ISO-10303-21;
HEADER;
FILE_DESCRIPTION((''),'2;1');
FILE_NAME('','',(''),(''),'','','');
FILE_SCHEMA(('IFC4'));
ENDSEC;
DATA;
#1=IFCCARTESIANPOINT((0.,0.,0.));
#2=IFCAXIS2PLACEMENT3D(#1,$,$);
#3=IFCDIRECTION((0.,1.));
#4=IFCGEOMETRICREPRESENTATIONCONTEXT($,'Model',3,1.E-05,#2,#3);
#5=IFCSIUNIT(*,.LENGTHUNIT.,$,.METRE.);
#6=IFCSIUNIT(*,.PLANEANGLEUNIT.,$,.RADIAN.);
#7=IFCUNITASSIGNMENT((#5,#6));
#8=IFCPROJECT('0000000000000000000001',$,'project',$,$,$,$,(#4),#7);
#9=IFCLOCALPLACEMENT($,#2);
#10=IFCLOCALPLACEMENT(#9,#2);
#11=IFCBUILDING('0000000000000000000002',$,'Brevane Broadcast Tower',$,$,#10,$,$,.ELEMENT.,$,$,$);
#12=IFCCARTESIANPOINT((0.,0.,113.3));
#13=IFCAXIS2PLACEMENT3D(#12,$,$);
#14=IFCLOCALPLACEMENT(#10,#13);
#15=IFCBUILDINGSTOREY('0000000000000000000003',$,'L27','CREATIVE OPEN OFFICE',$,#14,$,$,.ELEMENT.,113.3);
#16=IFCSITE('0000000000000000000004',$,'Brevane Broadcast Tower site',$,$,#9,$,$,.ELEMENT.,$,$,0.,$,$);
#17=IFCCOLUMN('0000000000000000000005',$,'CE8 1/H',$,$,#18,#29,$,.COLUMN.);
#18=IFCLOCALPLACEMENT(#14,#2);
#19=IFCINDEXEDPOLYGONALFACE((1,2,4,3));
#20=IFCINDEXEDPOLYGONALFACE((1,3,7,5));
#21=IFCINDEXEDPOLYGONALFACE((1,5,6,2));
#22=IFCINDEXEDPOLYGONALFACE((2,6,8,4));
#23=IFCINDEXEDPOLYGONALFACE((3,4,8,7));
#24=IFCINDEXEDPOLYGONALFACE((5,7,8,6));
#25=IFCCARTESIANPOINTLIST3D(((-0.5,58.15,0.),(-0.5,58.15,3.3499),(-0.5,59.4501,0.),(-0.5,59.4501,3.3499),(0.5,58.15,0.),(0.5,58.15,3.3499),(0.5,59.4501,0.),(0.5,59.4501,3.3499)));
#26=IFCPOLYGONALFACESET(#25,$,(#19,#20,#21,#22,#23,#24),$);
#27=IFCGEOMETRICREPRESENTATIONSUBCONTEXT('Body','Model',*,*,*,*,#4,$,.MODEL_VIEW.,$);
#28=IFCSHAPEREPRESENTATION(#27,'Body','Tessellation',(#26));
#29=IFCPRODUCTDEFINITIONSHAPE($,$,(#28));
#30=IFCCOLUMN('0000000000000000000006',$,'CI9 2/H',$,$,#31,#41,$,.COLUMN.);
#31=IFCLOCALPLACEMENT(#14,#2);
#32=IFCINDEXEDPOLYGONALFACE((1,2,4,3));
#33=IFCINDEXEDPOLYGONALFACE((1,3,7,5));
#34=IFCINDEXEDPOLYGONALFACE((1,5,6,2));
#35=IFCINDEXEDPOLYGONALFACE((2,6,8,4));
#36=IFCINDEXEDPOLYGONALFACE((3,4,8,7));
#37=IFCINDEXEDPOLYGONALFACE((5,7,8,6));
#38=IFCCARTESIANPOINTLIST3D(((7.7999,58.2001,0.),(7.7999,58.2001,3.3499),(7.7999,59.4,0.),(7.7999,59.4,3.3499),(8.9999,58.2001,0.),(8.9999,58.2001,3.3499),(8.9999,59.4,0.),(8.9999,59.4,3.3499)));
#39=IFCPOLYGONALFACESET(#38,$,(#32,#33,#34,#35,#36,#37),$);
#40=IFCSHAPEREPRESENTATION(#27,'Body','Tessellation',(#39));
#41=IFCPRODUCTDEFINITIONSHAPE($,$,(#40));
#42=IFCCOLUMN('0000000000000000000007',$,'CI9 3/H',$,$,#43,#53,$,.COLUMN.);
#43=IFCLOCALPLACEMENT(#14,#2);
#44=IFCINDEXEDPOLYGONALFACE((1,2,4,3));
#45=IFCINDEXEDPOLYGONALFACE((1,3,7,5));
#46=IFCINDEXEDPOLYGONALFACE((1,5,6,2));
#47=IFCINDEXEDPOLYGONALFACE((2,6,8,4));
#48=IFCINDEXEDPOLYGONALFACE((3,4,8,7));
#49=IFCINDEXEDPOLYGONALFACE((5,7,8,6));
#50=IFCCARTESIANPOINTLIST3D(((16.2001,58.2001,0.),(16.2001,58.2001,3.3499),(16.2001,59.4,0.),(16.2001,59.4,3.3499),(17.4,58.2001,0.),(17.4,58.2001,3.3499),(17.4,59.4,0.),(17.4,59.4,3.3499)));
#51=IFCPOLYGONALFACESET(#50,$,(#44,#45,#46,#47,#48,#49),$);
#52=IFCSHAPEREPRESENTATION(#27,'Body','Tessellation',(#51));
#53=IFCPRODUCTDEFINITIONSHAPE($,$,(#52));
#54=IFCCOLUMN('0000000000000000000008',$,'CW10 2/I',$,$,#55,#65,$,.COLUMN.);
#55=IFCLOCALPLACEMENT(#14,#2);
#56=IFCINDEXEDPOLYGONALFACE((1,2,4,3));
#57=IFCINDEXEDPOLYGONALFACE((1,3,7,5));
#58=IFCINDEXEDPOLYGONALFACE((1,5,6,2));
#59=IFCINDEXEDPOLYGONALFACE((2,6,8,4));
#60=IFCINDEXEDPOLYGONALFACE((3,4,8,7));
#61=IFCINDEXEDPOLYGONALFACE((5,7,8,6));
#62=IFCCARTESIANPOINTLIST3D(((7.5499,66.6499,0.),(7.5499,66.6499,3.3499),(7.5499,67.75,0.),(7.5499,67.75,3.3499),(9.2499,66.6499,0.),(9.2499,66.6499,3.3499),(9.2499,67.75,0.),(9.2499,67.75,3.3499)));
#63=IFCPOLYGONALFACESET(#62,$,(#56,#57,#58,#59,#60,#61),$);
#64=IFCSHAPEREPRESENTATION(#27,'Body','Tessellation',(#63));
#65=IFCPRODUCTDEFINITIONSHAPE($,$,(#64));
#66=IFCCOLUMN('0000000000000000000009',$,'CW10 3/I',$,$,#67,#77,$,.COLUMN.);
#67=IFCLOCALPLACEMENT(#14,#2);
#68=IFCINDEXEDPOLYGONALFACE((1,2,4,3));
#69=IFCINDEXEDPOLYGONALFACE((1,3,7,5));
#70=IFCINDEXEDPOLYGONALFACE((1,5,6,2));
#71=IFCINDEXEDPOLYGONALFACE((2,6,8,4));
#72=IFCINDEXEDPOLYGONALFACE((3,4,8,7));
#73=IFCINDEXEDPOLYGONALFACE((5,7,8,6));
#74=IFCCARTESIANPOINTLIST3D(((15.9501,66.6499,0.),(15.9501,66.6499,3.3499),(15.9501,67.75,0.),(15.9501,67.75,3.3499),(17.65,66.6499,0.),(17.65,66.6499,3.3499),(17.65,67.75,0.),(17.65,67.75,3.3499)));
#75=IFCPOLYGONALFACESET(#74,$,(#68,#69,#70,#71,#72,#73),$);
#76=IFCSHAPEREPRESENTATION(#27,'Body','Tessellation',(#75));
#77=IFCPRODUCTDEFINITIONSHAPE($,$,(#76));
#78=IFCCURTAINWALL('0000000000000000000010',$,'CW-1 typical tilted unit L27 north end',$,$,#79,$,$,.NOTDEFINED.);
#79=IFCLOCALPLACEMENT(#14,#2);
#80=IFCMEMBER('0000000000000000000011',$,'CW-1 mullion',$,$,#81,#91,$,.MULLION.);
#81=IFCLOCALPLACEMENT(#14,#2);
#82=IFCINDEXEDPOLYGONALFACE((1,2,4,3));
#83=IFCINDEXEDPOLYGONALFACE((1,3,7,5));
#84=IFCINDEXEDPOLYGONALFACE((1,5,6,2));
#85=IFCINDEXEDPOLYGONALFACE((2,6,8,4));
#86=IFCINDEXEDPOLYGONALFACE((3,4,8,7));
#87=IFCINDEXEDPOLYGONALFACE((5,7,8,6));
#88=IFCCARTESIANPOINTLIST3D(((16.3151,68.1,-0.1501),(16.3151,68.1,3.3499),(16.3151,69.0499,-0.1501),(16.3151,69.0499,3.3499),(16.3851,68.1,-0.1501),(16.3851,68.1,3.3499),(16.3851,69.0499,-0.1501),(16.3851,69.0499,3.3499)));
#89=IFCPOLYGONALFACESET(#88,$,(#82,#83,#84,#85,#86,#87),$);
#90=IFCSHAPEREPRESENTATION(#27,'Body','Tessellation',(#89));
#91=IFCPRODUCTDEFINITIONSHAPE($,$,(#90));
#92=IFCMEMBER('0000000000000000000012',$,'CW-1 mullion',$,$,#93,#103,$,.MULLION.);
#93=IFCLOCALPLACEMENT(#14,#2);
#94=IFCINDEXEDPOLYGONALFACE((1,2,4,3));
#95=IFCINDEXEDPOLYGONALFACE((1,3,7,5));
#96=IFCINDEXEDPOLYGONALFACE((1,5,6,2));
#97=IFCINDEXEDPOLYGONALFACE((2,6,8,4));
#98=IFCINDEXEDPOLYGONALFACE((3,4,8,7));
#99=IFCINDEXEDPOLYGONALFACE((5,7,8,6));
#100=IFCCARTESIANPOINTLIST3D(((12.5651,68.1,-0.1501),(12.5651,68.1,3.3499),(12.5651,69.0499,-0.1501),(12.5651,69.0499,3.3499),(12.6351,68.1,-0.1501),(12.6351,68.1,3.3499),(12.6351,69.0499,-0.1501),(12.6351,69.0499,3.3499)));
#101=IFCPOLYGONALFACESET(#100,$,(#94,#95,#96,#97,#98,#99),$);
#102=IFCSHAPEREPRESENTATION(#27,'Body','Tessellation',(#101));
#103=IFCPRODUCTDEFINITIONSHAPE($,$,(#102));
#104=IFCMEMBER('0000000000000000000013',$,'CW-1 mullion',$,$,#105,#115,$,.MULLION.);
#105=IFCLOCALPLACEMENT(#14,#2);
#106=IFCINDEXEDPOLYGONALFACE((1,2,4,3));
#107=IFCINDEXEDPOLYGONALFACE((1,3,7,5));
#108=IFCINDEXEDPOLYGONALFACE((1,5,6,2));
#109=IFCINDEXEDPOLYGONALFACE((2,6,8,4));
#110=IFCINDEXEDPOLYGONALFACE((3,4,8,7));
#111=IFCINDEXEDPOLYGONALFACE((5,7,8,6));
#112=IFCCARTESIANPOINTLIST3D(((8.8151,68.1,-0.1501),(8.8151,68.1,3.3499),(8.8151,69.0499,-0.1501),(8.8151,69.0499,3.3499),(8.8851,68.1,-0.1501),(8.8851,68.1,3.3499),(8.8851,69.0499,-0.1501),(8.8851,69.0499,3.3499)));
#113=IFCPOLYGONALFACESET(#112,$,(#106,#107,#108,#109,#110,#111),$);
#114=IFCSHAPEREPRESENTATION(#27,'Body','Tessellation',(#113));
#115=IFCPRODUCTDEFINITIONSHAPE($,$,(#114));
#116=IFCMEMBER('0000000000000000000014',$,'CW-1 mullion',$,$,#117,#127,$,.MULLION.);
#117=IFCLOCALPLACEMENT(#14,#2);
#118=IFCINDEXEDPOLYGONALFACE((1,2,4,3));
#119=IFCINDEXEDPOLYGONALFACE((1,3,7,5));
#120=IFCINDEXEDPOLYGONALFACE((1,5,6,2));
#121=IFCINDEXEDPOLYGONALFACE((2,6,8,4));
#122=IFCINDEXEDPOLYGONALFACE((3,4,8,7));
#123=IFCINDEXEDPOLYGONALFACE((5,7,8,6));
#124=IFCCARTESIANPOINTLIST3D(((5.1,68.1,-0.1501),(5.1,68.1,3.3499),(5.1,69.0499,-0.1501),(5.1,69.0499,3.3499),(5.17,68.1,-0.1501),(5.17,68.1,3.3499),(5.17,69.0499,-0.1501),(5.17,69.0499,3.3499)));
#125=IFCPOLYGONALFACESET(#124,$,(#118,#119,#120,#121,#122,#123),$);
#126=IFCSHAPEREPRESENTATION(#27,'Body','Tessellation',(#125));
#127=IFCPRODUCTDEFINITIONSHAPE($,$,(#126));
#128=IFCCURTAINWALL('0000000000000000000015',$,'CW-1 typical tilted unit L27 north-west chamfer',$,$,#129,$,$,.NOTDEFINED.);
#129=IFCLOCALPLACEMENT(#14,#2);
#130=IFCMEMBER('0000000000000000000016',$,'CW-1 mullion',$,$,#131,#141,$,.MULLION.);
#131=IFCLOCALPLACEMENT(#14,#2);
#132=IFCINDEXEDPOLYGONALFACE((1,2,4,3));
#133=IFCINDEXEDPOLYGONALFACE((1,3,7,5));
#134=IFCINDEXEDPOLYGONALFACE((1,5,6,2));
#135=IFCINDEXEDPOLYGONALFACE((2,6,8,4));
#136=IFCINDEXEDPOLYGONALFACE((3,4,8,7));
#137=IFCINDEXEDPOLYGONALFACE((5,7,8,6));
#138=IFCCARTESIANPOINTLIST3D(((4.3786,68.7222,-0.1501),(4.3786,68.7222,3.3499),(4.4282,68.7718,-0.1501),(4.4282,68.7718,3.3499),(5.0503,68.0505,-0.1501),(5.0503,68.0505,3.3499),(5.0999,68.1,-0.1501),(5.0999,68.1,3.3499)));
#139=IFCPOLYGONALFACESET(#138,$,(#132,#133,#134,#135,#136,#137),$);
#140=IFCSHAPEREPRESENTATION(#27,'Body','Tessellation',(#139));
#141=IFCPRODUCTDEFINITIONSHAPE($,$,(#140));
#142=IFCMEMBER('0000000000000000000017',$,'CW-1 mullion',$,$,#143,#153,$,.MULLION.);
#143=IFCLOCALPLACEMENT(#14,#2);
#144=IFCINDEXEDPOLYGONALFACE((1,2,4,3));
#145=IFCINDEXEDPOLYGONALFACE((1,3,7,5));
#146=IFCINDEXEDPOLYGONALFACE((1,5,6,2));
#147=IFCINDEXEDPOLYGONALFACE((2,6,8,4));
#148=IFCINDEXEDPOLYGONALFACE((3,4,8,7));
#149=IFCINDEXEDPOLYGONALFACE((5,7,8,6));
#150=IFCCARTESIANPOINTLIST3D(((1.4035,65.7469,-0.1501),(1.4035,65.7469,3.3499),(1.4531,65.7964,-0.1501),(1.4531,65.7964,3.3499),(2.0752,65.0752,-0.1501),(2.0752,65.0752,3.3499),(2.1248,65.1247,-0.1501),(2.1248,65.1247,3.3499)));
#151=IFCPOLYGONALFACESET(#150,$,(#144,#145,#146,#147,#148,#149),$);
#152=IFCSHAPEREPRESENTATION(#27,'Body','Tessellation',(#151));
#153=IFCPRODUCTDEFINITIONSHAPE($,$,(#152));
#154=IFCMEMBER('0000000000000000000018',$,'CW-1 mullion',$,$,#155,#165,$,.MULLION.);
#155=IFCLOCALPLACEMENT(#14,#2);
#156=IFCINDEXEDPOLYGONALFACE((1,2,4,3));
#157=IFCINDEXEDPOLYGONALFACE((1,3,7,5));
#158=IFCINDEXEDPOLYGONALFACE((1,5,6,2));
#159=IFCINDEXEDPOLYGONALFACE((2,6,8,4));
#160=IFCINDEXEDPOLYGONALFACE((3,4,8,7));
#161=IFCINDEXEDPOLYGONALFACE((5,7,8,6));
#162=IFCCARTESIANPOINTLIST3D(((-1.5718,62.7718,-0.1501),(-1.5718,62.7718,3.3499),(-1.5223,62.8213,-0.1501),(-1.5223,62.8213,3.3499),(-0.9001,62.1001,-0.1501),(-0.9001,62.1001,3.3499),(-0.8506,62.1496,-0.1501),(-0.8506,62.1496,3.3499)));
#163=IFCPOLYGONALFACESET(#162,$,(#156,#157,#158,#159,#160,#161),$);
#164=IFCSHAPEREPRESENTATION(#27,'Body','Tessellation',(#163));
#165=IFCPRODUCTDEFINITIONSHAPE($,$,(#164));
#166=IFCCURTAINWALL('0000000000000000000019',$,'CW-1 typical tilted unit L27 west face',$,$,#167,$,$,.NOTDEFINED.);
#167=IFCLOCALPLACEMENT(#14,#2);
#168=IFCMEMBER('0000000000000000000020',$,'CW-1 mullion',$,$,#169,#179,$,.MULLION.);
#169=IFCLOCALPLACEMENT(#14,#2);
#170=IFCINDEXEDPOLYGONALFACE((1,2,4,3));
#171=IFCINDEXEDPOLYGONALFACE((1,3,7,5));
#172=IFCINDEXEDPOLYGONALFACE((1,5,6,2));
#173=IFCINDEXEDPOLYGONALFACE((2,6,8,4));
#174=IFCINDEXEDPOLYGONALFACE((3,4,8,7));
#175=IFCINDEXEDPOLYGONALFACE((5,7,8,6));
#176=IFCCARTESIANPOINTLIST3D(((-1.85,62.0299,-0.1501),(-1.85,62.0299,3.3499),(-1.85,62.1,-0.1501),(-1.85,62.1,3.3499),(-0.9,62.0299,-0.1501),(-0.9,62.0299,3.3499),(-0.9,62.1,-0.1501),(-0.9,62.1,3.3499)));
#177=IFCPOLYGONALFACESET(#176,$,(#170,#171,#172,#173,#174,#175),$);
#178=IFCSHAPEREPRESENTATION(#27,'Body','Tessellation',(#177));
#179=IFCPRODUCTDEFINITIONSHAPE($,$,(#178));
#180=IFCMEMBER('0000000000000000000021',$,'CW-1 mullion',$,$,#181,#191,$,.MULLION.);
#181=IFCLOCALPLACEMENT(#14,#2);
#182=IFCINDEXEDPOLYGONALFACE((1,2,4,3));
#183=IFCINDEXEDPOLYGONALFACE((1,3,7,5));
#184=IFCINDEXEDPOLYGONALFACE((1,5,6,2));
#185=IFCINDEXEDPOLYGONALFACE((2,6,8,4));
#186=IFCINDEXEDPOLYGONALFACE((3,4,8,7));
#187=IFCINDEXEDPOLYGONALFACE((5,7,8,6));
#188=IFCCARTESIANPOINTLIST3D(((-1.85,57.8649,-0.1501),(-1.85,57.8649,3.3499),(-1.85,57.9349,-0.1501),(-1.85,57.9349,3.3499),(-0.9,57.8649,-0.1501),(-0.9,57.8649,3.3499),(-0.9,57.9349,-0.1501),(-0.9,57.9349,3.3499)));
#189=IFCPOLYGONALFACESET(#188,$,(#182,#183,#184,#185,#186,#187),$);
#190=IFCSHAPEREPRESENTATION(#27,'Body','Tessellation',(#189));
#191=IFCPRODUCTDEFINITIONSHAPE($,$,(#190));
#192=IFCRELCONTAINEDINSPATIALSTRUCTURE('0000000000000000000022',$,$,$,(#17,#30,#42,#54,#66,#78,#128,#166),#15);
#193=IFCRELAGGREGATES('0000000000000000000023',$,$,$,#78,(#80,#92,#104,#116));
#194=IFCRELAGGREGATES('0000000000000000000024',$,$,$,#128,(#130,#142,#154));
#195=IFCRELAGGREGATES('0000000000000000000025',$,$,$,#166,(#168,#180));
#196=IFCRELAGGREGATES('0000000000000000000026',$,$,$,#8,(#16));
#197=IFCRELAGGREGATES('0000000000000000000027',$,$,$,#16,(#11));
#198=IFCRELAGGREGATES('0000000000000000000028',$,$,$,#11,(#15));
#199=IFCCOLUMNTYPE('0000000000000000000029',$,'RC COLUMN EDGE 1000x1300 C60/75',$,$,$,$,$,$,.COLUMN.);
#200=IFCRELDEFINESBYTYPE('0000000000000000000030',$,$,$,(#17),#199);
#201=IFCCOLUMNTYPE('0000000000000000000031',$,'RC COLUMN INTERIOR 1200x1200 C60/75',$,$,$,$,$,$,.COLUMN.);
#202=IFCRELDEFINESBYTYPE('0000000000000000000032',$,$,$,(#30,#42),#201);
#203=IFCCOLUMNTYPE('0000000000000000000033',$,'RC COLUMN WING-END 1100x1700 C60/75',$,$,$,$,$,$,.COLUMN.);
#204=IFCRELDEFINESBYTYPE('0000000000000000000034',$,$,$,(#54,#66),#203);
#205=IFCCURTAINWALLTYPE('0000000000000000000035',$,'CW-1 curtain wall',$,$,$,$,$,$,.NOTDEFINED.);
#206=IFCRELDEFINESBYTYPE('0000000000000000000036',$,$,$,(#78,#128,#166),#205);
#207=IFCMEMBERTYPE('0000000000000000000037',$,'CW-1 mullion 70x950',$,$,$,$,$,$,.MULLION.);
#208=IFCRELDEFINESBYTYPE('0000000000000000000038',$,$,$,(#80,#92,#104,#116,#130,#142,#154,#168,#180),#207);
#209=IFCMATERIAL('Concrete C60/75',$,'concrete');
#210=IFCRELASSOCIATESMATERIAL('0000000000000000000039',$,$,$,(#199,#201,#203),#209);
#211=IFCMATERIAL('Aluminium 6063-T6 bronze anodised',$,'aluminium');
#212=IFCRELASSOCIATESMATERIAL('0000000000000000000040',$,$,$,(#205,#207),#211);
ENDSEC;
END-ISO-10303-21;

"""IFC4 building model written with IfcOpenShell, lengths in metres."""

from ifc_helpers import new_model, si_unit, direction, frame, origin, origin_2d, place, context, subcontext, project, spatial, rectangle, extrude, material, material_profile, profile_set, type_object, element, aggregate, save


model = new_model("IFC4")

# Units and contexts
model_context = context("Model", 3, precision=1e-05, world=origin(), true_north=direction((0.0, 1.0)))
body_context = subcontext(model_context, "Body", "Model", "MODEL_VIEW")
ifc_project = project(units=[si_unit("LENGTHUNIT", "METRE"), si_unit("PLANEANGLEUNIT", "RADIAN")], contexts=[model_context])

# Site, building, storey
site_placement = place(None, origin())
site = spatial("IfcSite", under=ifc_project, at=site_placement, Name="Brevane Broadcast Tower site", CompositionType="ELEMENT", RefElevation=0.0)
building_placement = place(site_placement, origin())
building = spatial("IfcBuilding", under=site, at=building_placement, Name="Brevane Broadcast Tower", CompositionType="ELEMENT")
storey_placement = place(building_placement, frame((0.0, 0.0, 113.3)))
storey = spatial("IfcBuildingStorey", under=building, at=storey_placement, Name="L27", Description="CREATIVE OPEN OFFICE", CompositionType="ELEMENT", Elevation=113.3)

# Columns
ifc_material_1 = material(Name="Concrete C60/75", Category="concrete")
ifc_material_profile_1 = material_profile(ifc_material_1, rectangle(XDim=1.0, YDim=1.3, at=origin_2d()), Name="RC 1000x1300")
ifc_profile_set_1 = profile_set([ifc_material_profile_1], Name="Concrete C60/75")
column_type_1 = type_object("IfcColumnType", Name="RC COLUMN EDGE 1000x1300 C60/75", PredefinedType="COLUMN", material=ifc_profile_set_1)
column_placement = place(storey_placement, frame((0.0, 58.8, 0.0), z_axis=(0.0, 0.0, 1.0), x_axis=(1.0, 0.0, 0.0)))
element("IfcColumn", 1, at=column_placement, inside=storey, type_object=column_type_1, Name="CE8 1/H", PredefinedType="COLUMN", context=body_context, shape_type="SweptSolid", body=[
    extrude(rectangle(XDim=1.0, YDim=1.3, at=origin_2d()), origin(), (0.0, 0.0, 1.0), 3.3499),
])
ifc_material_profile_2 = material_profile(ifc_material_1, rectangle(XDim=1.2, YDim=1.2, at=origin_2d()), Name="RC 1200x1200")
ifc_profile_set_2 = profile_set([ifc_material_profile_2], Name="Concrete C60/75")
column_type_2 = type_object("IfcColumnType", Name="RC COLUMN INTERIOR 1200x1200 C60/75", PredefinedType="COLUMN", material=ifc_profile_set_2)
for number, where, z_axis, x_axis, name in (
    (2, (8.3999, 58.8, 0.0), (0.0, 0.0, 1.0), (1.0, 0.0, 0.0), "CI9 2/H"),
    (3, (16.8, 58.8, 0.0), (0.0, 0.0, 1.0), (1.0, 0.0, 0.0), "CI9 3/H"),
):
    element("IfcColumn", number, at=place(storey_placement, frame(where, z_axis=z_axis, x_axis=x_axis)), inside=storey, type_object=column_type_2, Name=name, PredefinedType="COLUMN", context=body_context, shape_type="SweptSolid", body=[
        extrude(rectangle(XDim=1.2, YDim=1.2, at=origin_2d()), origin(), (0.0, 0.0, 1.0), 3.3499),
    ])
ifc_material_profile_3 = material_profile(ifc_material_1, rectangle(XDim=1.1001, YDim=1.7, at=origin_2d()), Name="RC 1100x1700")
ifc_profile_set_3 = profile_set([ifc_material_profile_3], Name="Concrete C60/75")
column_type_3 = type_object("IfcColumnType", Name="RC COLUMN WING-END 1100x1700 C60/75", PredefinedType="COLUMN", material=ifc_profile_set_3)
for number, where, z_axis, x_axis, name in (
    (4, (8.3999, 67.2, 0.0), (0.0, 0.0, 1.0), (0.0, 1.0, 0.0), "CW10 2/I"),
    (5, (16.8, 67.2, 0.0), (0.0, 0.0, 1.0), (0.0, 1.0, 0.0), "CW10 3/I"),
):
    element("IfcColumn", number, at=place(storey_placement, frame(where, z_axis=z_axis, x_axis=x_axis)), inside=storey, type_object=column_type_3, Name=name, PredefinedType="COLUMN", context=body_context, shape_type="SweptSolid", body=[
        extrude(rectangle(XDim=1.1001, YDim=1.7, at=origin_2d()), origin(), (0.0, 0.0, 1.0), 3.3499),
    ])

# Curtain walls, members
ifc_material_2 = material(Name="Aluminium 6063-T6 bronze anodised", Category="aluminium")
curtain_wall_type = type_object("IfcCurtainWallType", Name="CW-1 curtain wall", PredefinedType="NOTDEFINED", material=ifc_material_2)
curtain_wall_1_placement = place(storey_placement, origin())
curtain_wall_1 = element("IfcCurtainWall", 6, at=curtain_wall_1_placement, inside=storey, type_object=curtain_wall_type, Name="CW-1 typical tilted unit L27 north end", PredefinedType="NOTDEFINED")
ifc_material_profile_4 = material_profile(ifc_material_2, rectangle(XDim=0.95, YDim=0.0701, at=origin_2d()), Name="RECT 70x950")
ifc_profile_set_4 = profile_set([ifc_material_profile_4], Name="Aluminium 6063-T6 bronze anodised")
member_type_1 = type_object("IfcMemberType", Name="CW-1 mullion 70x950", PredefinedType="MULLION", material=ifc_profile_set_4)
member_1_placement = place(storey_placement, frame((16.3501, 68.575, -0.1501), z_axis=(0.0, 0.0, 1.0), x_axis=(0.0, -1.0, 0.0)))
member_1 = element("IfcMember", 7, at=member_1_placement, type_object=member_type_1, Name="CW-1 mullion", PredefinedType="MULLION", context=body_context, shape_type="SweptSolid", body=[
    extrude(rectangle(XDim=0.95, YDim=0.0701, at=origin_2d()), origin(), (0.0, 0.0, 1.0), 3.5),
])
member_2_placement = place(storey_placement, frame((12.6001, 68.575, -0.1501), z_axis=(0.0, 0.0, 1.0), x_axis=(0.0, -1.0, 0.0)))
member_2 = element("IfcMember", 8, at=member_2_placement, type_object=member_type_1, Name="CW-1 mullion", PredefinedType="MULLION", context=body_context, shape_type="SweptSolid", body=[
    extrude(rectangle(XDim=0.95, YDim=0.0701, at=origin_2d()), origin(), (0.0, 0.0, 1.0), 3.5),
])
member_3_placement = place(storey_placement, frame((8.8501, 68.575, -0.1501), z_axis=(0.0, 0.0, 1.0), x_axis=(0.0, -1.0, 0.0)))
member_3 = element("IfcMember", 9, at=member_3_placement, type_object=member_type_1, Name="CW-1 mullion", PredefinedType="MULLION", context=body_context, shape_type="SweptSolid", body=[
    extrude(rectangle(XDim=0.95, YDim=0.0701, at=origin_2d()), origin(), (0.0, 0.0, 1.0), 3.5),
])
member_4_placement = place(storey_placement, frame((5.135, 68.575, -0.1501), z_axis=(0.0, 0.0, 1.0), x_axis=(0.0, -1.0, 0.0)))
member_4 = element("IfcMember", 10, at=member_4_placement, type_object=member_type_1, Name="CW-1 mullion", PredefinedType="MULLION", context=body_context, shape_type="SweptSolid", body=[
    extrude(rectangle(XDim=0.95, YDim=0.0701, at=origin_2d()), origin(), (0.0, 0.0, 1.0), 3.5),
])
aggregate(curtain_wall_1, [member_1, member_2, member_3, member_4])
curtain_wall_2_placement = place(storey_placement, origin())
curtain_wall_2 = element("IfcCurtainWall", 11, at=curtain_wall_2_placement, inside=storey, type_object=curtain_wall_type, Name="CW-1 typical tilted unit L27 north-west chamfer", PredefinedType="NOTDEFINED")
member_5_placement = place(storey_placement, frame((4.7393, 68.4111, -0.1501), z_axis=(0.0, 0.0, 1.0), x_axis=(0.707107, -0.707107, 0.0)))
member_5 = element("IfcMember", 12, at=member_5_placement, type_object=member_type_1, Name="CW-1 mullion", PredefinedType="MULLION", context=body_context, shape_type="SweptSolid", body=[
    extrude(rectangle(XDim=0.95, YDim=0.0701, at=origin_2d()), origin(), (0.0, 0.0, 1.0), 3.5),
])
member_6_placement = place(storey_placement, frame((1.7642, 65.4358, -0.1501), z_axis=(0.0, 0.0, 1.0), x_axis=(0.707107, -0.707107, 0.0)))
member_6 = element("IfcMember", 13, at=member_6_placement, type_object=member_type_1, Name="CW-1 mullion", PredefinedType="MULLION", context=body_context, shape_type="SweptSolid", body=[
    extrude(rectangle(XDim=0.95, YDim=0.0701, at=origin_2d()), origin(), (0.0, 0.0, 1.0), 3.5),
])
member_7_placement = place(storey_placement, frame((-1.2112, 62.4607, -0.1501), z_axis=(0.0, 0.0, 1.0), x_axis=(0.707107, -0.707107, 0.0)))
member_7 = element("IfcMember", 14, at=member_7_placement, type_object=member_type_1, Name="CW-1 mullion", PredefinedType="MULLION", context=body_context, shape_type="SweptSolid", body=[
    extrude(rectangle(XDim=0.95, YDim=0.0701, at=origin_2d()), origin(), (0.0, 0.0, 1.0), 3.5),
])
curtain_wall_3_placement = place(storey_placement, origin())
curtain_wall_3 = element("IfcCurtainWall", 15, at=curtain_wall_3_placement, inside=storey, type_object=curtain_wall_type, Name="CW-1 typical tilted unit L27 west face", PredefinedType="NOTDEFINED")
member_8_placement = place(storey_placement, frame((-1.375, 62.0649, -0.1501), z_axis=(0.0, 0.0, 1.0), x_axis=(1.0, 0.0, 0.0)))
member_8 = element("IfcMember", 16, at=member_8_placement, type_object=member_type_1, Name="CW-1 mullion", PredefinedType="MULLION", context=body_context, shape_type="SweptSolid", body=[
    extrude(rectangle(XDim=0.95, YDim=0.0701, at=origin_2d()), origin(), (0.0, 0.0, 1.0), 3.5),
])
member_9_placement = place(storey_placement, frame((-1.375, 57.8999, -0.1501), z_axis=(0.0, 0.0, 1.0), x_axis=(1.0, 0.0, 0.0)))
member_9 = element("IfcMember", 17, at=member_9_placement, type_object=member_type_1, Name="CW-1 mullion", PredefinedType="MULLION", context=body_context, shape_type="SweptSolid", body=[
    extrude(rectangle(XDim=0.95, YDim=0.0701, at=origin_2d()), origin(), (0.0, 0.0, 1.0), 3.5),
])

aggregate(curtain_wall_2, [member_5, member_6, member_7])
aggregate(curtain_wall_3, [member_8, member_9])

save(model, "model.ifc")
